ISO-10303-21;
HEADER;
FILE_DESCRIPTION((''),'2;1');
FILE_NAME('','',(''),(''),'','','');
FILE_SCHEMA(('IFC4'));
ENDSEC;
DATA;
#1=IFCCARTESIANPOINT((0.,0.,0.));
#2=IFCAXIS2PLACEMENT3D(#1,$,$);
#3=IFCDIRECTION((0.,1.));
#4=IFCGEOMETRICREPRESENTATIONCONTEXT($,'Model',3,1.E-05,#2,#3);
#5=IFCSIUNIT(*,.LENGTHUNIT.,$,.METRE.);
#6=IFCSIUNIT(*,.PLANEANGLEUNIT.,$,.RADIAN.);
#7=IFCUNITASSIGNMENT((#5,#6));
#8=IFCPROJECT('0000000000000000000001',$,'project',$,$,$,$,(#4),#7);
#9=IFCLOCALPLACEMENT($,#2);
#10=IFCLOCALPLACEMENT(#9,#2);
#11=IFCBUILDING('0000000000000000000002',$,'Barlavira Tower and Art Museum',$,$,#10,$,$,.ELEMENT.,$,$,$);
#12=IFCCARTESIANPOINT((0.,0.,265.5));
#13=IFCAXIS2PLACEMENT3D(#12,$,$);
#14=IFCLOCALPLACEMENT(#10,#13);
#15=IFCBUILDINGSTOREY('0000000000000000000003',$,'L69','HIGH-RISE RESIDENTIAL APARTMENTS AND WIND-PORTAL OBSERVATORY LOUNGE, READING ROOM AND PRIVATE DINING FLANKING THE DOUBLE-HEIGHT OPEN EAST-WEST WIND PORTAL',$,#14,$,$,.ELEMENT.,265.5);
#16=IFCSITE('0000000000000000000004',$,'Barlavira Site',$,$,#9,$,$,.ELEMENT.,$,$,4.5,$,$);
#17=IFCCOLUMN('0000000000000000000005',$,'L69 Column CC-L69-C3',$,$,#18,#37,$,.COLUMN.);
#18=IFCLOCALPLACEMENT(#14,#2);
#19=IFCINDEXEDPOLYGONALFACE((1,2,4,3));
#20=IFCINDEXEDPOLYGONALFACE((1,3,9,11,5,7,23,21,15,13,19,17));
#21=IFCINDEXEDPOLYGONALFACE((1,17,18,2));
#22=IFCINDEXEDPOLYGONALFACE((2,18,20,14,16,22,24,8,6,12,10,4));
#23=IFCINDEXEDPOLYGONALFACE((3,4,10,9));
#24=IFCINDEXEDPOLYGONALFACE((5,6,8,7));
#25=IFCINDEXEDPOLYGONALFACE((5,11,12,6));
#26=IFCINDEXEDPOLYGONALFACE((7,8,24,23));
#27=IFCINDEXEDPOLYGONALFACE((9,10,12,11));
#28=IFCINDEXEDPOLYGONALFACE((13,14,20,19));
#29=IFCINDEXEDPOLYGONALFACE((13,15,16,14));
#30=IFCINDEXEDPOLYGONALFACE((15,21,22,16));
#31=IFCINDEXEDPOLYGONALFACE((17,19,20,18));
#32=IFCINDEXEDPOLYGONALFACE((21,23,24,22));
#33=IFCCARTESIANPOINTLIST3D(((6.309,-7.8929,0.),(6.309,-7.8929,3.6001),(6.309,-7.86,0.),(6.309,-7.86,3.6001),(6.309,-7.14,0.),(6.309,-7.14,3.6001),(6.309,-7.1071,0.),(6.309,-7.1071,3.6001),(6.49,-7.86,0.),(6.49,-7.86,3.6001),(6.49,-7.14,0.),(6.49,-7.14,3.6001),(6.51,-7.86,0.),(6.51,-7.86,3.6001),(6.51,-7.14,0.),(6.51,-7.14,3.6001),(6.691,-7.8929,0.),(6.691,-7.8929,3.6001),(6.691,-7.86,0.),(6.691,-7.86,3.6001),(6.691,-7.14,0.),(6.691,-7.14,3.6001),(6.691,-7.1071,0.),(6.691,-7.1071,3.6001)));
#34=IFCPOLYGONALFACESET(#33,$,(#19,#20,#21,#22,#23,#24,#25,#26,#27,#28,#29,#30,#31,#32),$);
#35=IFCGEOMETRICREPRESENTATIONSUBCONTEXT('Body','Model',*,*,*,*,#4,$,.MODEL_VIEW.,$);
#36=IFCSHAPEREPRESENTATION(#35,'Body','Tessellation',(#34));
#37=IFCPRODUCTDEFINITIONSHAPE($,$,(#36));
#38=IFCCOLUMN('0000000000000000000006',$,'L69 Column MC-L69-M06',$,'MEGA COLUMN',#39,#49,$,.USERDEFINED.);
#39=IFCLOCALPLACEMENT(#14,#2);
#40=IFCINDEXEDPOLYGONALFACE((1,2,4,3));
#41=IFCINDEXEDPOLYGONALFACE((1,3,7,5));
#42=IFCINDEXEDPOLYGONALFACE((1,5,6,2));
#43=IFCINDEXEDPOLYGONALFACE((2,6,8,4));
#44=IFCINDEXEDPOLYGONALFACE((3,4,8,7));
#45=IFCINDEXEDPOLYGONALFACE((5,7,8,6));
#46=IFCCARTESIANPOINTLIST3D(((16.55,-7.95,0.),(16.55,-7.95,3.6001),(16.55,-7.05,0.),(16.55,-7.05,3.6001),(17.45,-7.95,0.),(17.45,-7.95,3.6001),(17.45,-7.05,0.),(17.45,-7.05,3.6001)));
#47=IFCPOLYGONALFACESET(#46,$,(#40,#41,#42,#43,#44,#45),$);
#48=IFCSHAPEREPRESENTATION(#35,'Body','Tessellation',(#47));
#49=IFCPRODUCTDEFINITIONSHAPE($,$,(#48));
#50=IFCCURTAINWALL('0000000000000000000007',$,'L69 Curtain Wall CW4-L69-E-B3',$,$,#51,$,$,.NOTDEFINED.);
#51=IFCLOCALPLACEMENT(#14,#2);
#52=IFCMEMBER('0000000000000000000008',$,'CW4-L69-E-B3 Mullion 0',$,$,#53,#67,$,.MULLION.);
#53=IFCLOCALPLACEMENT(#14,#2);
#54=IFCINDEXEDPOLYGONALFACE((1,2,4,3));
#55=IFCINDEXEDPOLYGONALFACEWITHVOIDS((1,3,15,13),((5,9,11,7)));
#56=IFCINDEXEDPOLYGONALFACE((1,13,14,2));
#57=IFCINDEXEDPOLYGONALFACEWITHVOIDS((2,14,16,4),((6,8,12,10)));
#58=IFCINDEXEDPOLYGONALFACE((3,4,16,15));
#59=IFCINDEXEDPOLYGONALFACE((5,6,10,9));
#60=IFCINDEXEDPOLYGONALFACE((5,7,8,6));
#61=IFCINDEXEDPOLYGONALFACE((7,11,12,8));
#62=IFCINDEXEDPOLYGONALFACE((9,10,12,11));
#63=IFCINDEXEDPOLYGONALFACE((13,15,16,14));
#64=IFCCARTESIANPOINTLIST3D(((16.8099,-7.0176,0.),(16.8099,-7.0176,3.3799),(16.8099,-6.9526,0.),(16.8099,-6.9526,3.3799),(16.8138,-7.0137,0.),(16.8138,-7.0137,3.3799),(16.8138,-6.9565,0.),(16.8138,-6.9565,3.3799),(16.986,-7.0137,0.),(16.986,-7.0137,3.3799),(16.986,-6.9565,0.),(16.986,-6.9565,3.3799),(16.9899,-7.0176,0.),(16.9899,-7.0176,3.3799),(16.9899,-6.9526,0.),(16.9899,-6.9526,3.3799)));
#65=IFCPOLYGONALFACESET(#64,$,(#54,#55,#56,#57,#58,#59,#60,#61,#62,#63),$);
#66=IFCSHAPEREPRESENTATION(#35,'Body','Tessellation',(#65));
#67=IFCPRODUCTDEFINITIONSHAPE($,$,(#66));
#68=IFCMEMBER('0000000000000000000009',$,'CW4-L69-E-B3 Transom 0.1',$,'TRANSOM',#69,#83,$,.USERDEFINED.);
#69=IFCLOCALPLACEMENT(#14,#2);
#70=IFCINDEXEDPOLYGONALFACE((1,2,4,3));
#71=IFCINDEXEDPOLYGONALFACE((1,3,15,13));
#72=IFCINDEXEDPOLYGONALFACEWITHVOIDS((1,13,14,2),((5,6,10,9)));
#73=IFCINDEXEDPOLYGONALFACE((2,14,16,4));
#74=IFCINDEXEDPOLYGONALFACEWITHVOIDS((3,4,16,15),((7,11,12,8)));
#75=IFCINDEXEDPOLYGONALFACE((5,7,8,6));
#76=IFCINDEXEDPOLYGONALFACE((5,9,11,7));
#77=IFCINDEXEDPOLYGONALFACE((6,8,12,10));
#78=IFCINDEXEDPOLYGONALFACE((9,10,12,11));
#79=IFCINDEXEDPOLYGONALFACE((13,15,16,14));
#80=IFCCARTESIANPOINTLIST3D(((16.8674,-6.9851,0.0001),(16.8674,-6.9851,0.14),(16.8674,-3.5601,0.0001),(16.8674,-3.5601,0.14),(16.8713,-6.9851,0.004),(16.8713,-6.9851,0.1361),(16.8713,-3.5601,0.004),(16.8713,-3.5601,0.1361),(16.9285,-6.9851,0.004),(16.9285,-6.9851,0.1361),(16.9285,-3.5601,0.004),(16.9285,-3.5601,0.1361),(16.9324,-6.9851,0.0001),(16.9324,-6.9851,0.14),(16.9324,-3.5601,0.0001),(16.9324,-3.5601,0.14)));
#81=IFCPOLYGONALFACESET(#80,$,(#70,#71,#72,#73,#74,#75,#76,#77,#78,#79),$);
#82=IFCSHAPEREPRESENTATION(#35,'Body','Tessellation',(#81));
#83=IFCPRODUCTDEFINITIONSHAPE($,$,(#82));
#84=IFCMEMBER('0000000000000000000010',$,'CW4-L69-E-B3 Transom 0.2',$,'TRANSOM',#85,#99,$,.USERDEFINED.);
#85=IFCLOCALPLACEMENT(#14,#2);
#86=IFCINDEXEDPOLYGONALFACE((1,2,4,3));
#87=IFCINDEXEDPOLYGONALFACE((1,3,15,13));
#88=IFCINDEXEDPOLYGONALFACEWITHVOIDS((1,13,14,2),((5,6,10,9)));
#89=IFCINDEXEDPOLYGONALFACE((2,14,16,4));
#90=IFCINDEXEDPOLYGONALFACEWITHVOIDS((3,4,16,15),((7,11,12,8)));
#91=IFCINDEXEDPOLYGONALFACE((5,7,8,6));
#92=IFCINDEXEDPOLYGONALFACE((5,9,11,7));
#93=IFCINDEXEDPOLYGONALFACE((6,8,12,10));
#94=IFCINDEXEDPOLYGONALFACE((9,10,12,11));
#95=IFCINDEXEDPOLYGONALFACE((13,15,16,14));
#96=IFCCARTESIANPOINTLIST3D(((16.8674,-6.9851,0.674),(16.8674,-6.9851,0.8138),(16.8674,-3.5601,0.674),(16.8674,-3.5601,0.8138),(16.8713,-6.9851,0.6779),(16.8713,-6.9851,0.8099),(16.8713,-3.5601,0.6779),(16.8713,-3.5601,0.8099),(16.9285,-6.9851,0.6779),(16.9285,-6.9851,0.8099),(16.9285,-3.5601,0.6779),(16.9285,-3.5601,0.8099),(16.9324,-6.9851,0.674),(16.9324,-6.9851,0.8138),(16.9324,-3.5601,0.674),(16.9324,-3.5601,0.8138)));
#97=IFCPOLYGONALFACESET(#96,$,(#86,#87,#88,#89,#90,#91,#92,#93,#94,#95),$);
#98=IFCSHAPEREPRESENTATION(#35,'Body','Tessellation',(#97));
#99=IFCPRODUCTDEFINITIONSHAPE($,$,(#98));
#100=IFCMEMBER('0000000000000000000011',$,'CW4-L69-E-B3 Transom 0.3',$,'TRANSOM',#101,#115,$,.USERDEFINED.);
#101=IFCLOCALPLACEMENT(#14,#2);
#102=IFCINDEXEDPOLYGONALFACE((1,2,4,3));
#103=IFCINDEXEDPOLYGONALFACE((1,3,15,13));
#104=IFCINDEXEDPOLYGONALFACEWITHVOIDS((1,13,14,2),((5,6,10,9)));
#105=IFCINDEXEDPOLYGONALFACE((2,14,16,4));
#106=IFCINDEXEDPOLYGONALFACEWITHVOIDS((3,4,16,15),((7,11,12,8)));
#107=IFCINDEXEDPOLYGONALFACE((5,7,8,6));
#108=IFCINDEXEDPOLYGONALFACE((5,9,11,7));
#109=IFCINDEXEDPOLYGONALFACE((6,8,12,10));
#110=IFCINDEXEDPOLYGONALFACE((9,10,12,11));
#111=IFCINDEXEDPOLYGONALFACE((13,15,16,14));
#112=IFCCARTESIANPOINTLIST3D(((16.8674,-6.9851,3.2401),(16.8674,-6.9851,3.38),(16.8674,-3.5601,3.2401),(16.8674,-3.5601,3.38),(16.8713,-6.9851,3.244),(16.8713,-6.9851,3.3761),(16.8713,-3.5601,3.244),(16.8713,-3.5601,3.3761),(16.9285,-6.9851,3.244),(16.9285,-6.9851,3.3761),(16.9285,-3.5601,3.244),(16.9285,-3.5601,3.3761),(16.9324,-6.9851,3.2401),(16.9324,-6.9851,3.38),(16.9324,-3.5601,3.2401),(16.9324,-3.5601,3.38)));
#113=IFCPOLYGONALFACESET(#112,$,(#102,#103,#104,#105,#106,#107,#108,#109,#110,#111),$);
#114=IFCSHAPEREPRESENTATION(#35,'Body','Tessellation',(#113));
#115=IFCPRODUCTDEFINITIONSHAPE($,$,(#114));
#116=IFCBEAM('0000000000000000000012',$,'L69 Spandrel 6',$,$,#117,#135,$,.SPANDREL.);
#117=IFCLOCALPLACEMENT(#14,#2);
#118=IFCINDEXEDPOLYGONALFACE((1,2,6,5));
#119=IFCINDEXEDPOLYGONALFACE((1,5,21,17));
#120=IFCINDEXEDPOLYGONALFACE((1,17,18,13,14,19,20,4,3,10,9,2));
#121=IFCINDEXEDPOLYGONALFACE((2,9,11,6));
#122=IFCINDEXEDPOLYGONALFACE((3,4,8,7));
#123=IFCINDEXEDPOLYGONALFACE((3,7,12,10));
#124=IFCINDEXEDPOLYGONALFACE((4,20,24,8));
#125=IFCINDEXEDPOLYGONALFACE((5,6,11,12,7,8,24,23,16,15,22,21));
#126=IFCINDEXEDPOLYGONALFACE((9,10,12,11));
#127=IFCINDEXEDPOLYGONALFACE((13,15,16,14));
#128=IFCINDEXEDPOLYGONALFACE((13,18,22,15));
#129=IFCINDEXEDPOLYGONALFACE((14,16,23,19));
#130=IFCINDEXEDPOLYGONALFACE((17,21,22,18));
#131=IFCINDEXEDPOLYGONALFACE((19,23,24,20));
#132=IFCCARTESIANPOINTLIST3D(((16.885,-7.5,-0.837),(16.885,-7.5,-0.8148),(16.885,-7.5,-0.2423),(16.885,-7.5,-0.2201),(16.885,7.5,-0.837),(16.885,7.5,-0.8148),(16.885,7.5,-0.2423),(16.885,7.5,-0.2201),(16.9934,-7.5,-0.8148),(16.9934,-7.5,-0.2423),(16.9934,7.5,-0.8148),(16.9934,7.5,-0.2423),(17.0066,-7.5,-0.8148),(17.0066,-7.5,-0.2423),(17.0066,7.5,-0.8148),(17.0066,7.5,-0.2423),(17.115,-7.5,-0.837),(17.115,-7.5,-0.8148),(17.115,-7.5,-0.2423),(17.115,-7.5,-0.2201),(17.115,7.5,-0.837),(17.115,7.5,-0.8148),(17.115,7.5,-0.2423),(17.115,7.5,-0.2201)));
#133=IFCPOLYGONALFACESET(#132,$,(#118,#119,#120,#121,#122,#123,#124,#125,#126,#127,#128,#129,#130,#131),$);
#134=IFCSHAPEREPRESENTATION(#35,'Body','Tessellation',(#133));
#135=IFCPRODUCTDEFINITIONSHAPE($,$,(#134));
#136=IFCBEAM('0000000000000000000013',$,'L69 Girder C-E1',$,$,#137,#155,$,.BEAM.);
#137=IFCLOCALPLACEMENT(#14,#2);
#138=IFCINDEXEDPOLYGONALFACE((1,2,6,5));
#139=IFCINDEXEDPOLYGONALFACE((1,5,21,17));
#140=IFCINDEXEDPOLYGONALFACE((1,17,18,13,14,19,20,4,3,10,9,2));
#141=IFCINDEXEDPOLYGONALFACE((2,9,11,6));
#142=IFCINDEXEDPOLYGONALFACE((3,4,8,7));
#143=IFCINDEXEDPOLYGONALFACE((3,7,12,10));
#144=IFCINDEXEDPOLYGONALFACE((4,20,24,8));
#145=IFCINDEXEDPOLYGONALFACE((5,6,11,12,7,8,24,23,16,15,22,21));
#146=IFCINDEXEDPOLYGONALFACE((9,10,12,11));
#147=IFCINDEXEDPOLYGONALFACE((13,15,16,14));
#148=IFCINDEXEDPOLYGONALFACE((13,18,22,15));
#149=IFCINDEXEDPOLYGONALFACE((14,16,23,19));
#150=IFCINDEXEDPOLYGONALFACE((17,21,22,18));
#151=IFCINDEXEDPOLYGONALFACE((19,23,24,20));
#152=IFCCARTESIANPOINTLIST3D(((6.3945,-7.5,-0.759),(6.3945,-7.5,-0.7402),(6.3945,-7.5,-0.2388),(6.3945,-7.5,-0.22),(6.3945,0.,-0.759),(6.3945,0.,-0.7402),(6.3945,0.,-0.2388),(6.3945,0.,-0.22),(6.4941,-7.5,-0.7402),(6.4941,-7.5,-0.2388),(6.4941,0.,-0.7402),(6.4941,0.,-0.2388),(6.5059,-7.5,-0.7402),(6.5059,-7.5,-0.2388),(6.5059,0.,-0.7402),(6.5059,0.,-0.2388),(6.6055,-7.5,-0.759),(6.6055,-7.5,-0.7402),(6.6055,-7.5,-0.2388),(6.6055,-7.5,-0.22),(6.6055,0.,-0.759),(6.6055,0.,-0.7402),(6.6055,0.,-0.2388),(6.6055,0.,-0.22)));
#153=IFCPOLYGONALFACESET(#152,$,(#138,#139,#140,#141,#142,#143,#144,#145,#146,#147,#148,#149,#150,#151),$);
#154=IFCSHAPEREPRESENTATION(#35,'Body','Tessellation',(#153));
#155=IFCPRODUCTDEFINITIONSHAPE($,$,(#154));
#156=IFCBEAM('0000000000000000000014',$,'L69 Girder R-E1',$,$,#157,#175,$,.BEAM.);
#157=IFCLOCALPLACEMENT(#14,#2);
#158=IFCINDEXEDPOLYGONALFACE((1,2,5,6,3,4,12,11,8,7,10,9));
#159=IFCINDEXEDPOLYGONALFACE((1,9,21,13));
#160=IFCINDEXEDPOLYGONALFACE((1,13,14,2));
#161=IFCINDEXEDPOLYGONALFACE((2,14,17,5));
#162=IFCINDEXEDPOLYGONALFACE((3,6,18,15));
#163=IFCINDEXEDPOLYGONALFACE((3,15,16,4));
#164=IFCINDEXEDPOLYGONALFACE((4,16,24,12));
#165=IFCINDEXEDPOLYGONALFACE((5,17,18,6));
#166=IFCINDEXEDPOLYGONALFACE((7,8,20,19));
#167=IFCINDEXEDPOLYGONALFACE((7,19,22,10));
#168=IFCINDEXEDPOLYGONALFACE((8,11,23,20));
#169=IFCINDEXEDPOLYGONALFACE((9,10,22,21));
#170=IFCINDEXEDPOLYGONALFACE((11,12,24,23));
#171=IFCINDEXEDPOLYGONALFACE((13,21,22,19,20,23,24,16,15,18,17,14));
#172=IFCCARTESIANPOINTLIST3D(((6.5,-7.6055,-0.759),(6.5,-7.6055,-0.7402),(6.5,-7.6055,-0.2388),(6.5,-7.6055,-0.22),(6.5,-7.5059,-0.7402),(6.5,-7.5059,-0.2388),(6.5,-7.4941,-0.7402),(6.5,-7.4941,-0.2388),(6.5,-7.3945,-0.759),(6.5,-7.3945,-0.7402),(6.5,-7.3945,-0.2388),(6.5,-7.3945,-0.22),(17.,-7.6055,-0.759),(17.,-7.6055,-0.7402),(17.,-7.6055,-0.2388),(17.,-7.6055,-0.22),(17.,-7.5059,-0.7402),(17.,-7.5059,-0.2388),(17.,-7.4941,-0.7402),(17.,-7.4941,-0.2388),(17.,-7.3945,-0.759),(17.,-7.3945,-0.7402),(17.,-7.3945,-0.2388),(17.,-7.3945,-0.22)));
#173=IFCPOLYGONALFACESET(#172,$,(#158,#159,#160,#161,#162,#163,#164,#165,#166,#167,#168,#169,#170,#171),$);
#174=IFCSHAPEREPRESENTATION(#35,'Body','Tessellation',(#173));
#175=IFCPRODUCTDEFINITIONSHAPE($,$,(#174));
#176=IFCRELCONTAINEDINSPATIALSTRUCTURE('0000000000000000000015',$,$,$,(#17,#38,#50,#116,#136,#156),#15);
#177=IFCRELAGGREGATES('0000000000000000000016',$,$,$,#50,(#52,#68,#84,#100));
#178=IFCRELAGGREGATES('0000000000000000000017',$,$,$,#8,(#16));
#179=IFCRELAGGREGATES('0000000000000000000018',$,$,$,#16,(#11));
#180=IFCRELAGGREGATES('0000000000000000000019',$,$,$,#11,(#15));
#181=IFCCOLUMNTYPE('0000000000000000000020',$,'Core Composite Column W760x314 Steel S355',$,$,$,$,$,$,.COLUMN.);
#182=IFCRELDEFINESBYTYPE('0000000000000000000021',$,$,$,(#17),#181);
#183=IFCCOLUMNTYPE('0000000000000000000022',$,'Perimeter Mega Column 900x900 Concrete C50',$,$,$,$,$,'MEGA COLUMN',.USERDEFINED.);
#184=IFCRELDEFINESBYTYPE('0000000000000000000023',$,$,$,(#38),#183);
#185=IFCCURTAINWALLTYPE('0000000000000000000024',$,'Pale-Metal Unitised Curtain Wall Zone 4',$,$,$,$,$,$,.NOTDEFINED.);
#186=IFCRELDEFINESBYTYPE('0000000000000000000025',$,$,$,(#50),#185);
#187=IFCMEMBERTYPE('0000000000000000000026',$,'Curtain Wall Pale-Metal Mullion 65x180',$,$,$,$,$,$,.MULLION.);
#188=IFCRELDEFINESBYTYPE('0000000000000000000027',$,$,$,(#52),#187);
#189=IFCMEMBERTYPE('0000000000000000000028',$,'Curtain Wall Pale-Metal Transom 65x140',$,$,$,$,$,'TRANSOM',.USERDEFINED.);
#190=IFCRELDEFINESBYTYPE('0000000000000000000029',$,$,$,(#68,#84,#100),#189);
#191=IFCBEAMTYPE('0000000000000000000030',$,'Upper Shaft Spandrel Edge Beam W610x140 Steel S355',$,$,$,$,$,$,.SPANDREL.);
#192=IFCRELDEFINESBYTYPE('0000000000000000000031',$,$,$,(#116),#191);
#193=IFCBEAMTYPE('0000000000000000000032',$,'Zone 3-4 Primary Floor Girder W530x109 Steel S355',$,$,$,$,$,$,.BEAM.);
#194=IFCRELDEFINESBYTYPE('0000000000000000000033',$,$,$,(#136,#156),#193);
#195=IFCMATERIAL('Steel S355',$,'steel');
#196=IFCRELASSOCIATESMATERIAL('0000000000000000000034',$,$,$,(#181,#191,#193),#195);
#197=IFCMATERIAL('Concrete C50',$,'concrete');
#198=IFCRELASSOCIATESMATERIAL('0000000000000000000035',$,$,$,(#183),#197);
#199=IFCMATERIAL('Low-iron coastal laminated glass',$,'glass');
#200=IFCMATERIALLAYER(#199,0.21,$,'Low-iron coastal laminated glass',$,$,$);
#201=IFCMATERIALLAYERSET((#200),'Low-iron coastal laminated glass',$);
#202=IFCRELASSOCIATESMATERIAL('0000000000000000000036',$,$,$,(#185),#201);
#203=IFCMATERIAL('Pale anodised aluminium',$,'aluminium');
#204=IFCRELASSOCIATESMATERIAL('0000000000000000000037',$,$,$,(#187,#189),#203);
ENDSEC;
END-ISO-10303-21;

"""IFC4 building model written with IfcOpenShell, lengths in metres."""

from ifc_helpers import new_model, si_unit, direction, frame, origin, origin_2d, place, context, subcontext, project, spatial, rectangle, hollow_rectangle, i_section, extrude, material, layer, layer_set, material_profile, profile_set, type_object, element, aggregate, save


model = new_model("IFC4")

# Units and contexts
model_context = context("Model", 3, precision=1e-05, world=origin(), true_north=direction((0.0, 1.0)))
body_context = subcontext(model_context, "Body", "Model", "MODEL_VIEW")
ifc_project = project(units=[si_unit("LENGTHUNIT", "METRE"), si_unit("PLANEANGLEUNIT", "RADIAN")], contexts=[model_context])

# Site, building, storey
site_placement = place(None, origin())
site = spatial("IfcSite", under=ifc_project, at=site_placement, Name="Barlavira Site", CompositionType="ELEMENT", RefElevation=4.5)
building_placement = place(site_placement, origin())
building = spatial("IfcBuilding", under=site, at=building_placement, Name="Barlavira Tower and Art Museum", CompositionType="ELEMENT")
storey_placement = place(building_placement, frame((0.0, 0.0, 265.5)))
storey = spatial("IfcBuildingStorey", under=building, at=storey_placement, Name="L69", Description="HIGH-RISE RESIDENTIAL APARTMENTS AND WIND-PORTAL OBSERVATORY LOUNGE, READING ROOM AND PRIVATE DINING FLANKING THE DOUBLE-HEIGHT OPEN EAST-WEST WIND PORTAL", CompositionType="ELEMENT", Elevation=265.5)

# Columns
ifc_material_1 = material(Name="Steel S355", Category="steel")
ifc_material_profile_1 = material_profile(ifc_material_1, i_section(OverallWidth=0.3821, OverallDepth=0.7859, WebThickness=0.02, FlangeThickness=0.033, at=origin_2d()), Name="W760x314.0")
ifc_profile_set_1 = profile_set([ifc_material_profile_1], Name="Steel S355")
column_type_1 = type_object("IfcColumnType", Name="Core Composite Column W760x314 Steel S355", PredefinedType="COLUMN", material=ifc_profile_set_1)
column_1_placement = place(storey_placement, frame((6.5, -7.5, 0.0), z_axis=(0.0, 0.0, 1.0), x_axis=(1.0, 0.0, 0.0)))
element("IfcColumn", 1, at=column_1_placement, inside=storey, type_object=column_type_1, Name="L69 Column CC-L69-C3", PredefinedType="COLUMN", context=body_context, shape_type="SweptSolid", body=[
    extrude(i_section(OverallWidth=0.3821, OverallDepth=0.7859, WebThickness=0.02, FlangeThickness=0.033, at=origin_2d()), origin(), (0.0, 0.0, 1.0), 3.6001),
])
ifc_material_2 = material(Name="Concrete C50", Category="concrete")
ifc_material_profile_2 = material_profile(ifc_material_2, rectangle(XDim=0.8999, YDim=0.8999, at=origin_2d()), Name="RC-COL 900x900")
ifc_profile_set_2 = profile_set([ifc_material_profile_2], Name="Concrete C50")
column_type_2 = type_object("IfcColumnType", Name="Perimeter Mega Column 900x900 Concrete C50", ElementType="MEGA COLUMN", PredefinedType="USERDEFINED", material=ifc_profile_set_2)
column_2_placement = place(storey_placement, frame((17.0, -7.5, 0.0), z_axis=(0.0, 0.0, 1.0), x_axis=(1.0, 0.0, 0.0)))
element("IfcColumn", 2, at=column_2_placement, inside=storey, type_object=column_type_2, Name="L69 Column MC-L69-M06", ObjectType="MEGA COLUMN", PredefinedType="USERDEFINED", context=body_context, shape_type="SweptSolid", body=[
    extrude(rectangle(XDim=0.8999, YDim=0.8999, at=origin_2d()), origin(), (0.0, 0.0, 1.0), 3.6001),
])

# Curtain wall, members
ifc_material_3 = material(Name="Low-iron coastal laminated glass", Category="glass")
ifc_layer_1 = layer(ifc_material_3, 0.21, Name="Low-iron coastal laminated glass")
ifc_layer_set_1 = layer_set([ifc_layer_1], Name="Low-iron coastal laminated glass")
curtain_wall_type = type_object("IfcCurtainWallType", Name="Pale-Metal Unitised Curtain Wall Zone 4", PredefinedType="NOTDEFINED", material=ifc_layer_set_1)
curtain_wall_placement = place(storey_placement, origin())
curtain_wall = element("IfcCurtainWall", 3, at=curtain_wall_placement, inside=storey, type_object=curtain_wall_type, Name="L69 Curtain Wall CW4-L69-E-B3", PredefinedType="NOTDEFINED")
ifc_material_4 = material(Name="Pale anodised aluminium", Category="aluminium")
ifc_material_profile_3 = material_profile(ifc_material_4, hollow_rectangle(XDim=0.0649, YDim=0.1799, WallThickness=0.0039, at=origin_2d()), Name="ALU-MULL 65x180x4")
ifc_profile_set_3 = profile_set([ifc_material_profile_3], Name="Pale anodised aluminium")
member_type_1 = type_object("IfcMemberType", Name="Curtain Wall Pale-Metal Mullion 65x180", PredefinedType="MULLION", material=ifc_profile_set_3)
member_1_placement = place(storey_placement, frame((16.8999, -6.9851, 0.0), z_axis=(0.0, 0.0, 1.0), x_axis=(0.0, 1.0, 0.0)))
member_1 = element("IfcMember", 4, at=member_1_placement, type_object=member_type_1, Name="CW4-L69-E-B3 Mullion 0", PredefinedType="MULLION", context=body_context, shape_type="SweptSolid", body=[
    extrude(hollow_rectangle(XDim=0.0649, YDim=0.1799, WallThickness=0.0039, at=origin_2d()), origin(), (0.0, 0.0, 1.0), 3.3799),
])
ifc_material_profile_4 = material_profile(ifc_material_4, hollow_rectangle(XDim=0.0649, YDim=0.1399, WallThickness=0.0039, at=origin_2d()), Name="ALU-TRAN 65x140x4")
ifc_profile_set_4 = profile_set([ifc_material_profile_4], Name="Pale anodised aluminium")
member_type_2 = type_object("IfcMemberType", Name="Curtain Wall Pale-Metal Transom 65x140", ElementType="TRANSOM", PredefinedType="USERDEFINED", material=ifc_profile_set_4)
member_2_placement = place(storey_placement, frame((16.8999, -6.9851, 0.0701), z_axis=(0.0, 1.0, 0.0), x_axis=(-1.0, 0.0, 0.0)))
member_2 = element("IfcMember", 5, at=member_2_placement, type_object=member_type_2, Name="CW4-L69-E-B3 Transom 0.1", ObjectType="TRANSOM", PredefinedType="USERDEFINED", context=body_context, shape_type="SweptSolid", body=[
    extrude(hollow_rectangle(XDim=0.0649, YDim=0.1399, WallThickness=0.0039, at=origin_2d()), origin(), (0.0, 0.0, 1.0), 3.425),
])
member_3_placement = place(storey_placement, frame((16.8999, -6.9851, 0.7439), z_axis=(0.0, 1.0, 0.0), x_axis=(-1.0, 0.0, 0.0)))
member_3 = element("IfcMember", 6, at=member_3_placement, type_object=member_type_2, Name="CW4-L69-E-B3 Transom 0.2", ObjectType="TRANSOM", PredefinedType="USERDEFINED", context=body_context, shape_type="SweptSolid", body=[
    extrude(hollow_rectangle(XDim=0.0649, YDim=0.1399, WallThickness=0.0039, at=origin_2d()), origin(), (0.0, 0.0, 1.0), 3.425),
])
member_4_placement = place(storey_placement, frame((16.8999, -6.9851, 3.3101), z_axis=(0.0, 1.0, 0.0), x_axis=(-1.0, 0.0, 0.0)))
member_4 = element("IfcMember", 7, at=member_4_placement, type_object=member_type_2, Name="CW4-L69-E-B3 Transom 0.3", ObjectType="TRANSOM", PredefinedType="USERDEFINED", context=body_context, shape_type="SweptSolid", body=[
    extrude(hollow_rectangle(XDim=0.0649, YDim=0.1399, WallThickness=0.0039, at=origin_2d()), origin(), (0.0, 0.0, 1.0), 3.425),
])

# Beams
ifc_material_profile_5 = material_profile(ifc_material_1, i_section(OverallWidth=0.23, OverallDepth=0.6169, WebThickness=0.0132, FlangeThickness=0.0222, at=origin_2d()), Name="W610x140.0")
ifc_profile_set_5 = profile_set([ifc_material_profile_5], Name="Steel S355")
beam_type_1 = type_object("IfcBeamType", Name="Upper Shaft Spandrel Edge Beam W610x140 Steel S355", PredefinedType="SPANDREL", material=ifc_profile_set_5)
beam_1_placement = place(storey_placement, frame((17.0, -7.5, -0.5286), z_axis=(0.0, 1.0, 0.0), x_axis=(-1.0, 0.0, 0.0)))
element("IfcBeam", 8, at=beam_1_placement, inside=storey, type_object=beam_type_1, Name="L69 Spandrel 6", PredefinedType="SPANDREL", context=body_context, shape_type="SweptSolid", body=[
    extrude(i_section(OverallWidth=0.23, OverallDepth=0.6169, WebThickness=0.0132, FlangeThickness=0.0222, at=origin_2d()), origin(), (0.0, 0.0, 1.0), 15.0),
])
ifc_material_profile_6 = material_profile(ifc_material_1, i_section(OverallWidth=0.2109, OverallDepth=0.5391, WebThickness=0.0117, FlangeThickness=0.0188, at=origin_2d()), Name="W530x109.0")
ifc_profile_set_6 = profile_set([ifc_material_profile_6], Name="Steel S355")
beam_type_2 = type_object("IfcBeamType", Name="Zone 3-4 Primary Floor Girder W530x109 Steel S355", PredefinedType="BEAM", material=ifc_profile_set_6)
beam_2_placement = place(storey_placement, frame((6.5, -7.5, -0.4895), z_axis=(0.0, 1.0, 0.0), x_axis=(-1.0, 0.0, 0.0)))
element("IfcBeam", 9, at=beam_2_placement, inside=storey, type_object=beam_type_2, Name="L69 Girder C-E1", PredefinedType="BEAM", context=body_context, shape_type="SweptSolid", body=[
    extrude(i_section(OverallWidth=0.2109, OverallDepth=0.5391, WebThickness=0.0117, FlangeThickness=0.0188, at=origin_2d()), origin(), (0.0, 0.0, 1.0), 7.5),
])
beam_3_placement = place(storey_placement, frame((6.5, -7.5, -0.4895), z_axis=(1.0, 0.0, 0.0), x_axis=(0.0, 1.0, 0.0)))
element("IfcBeam", 10, at=beam_3_placement, inside=storey, type_object=beam_type_2, Name="L69 Girder R-E1", PredefinedType="BEAM", context=body_context, shape_type="SweptSolid", body=[
    extrude(i_section(OverallWidth=0.2109, OverallDepth=0.5391, WebThickness=0.0117, FlangeThickness=0.0188, at=origin_2d()), origin(), (0.0, 0.0, 1.0), 10.5),
])

aggregate(curtain_wall, [member_1, member_2, member_3, member_4])

save(model, "model.ifc")
